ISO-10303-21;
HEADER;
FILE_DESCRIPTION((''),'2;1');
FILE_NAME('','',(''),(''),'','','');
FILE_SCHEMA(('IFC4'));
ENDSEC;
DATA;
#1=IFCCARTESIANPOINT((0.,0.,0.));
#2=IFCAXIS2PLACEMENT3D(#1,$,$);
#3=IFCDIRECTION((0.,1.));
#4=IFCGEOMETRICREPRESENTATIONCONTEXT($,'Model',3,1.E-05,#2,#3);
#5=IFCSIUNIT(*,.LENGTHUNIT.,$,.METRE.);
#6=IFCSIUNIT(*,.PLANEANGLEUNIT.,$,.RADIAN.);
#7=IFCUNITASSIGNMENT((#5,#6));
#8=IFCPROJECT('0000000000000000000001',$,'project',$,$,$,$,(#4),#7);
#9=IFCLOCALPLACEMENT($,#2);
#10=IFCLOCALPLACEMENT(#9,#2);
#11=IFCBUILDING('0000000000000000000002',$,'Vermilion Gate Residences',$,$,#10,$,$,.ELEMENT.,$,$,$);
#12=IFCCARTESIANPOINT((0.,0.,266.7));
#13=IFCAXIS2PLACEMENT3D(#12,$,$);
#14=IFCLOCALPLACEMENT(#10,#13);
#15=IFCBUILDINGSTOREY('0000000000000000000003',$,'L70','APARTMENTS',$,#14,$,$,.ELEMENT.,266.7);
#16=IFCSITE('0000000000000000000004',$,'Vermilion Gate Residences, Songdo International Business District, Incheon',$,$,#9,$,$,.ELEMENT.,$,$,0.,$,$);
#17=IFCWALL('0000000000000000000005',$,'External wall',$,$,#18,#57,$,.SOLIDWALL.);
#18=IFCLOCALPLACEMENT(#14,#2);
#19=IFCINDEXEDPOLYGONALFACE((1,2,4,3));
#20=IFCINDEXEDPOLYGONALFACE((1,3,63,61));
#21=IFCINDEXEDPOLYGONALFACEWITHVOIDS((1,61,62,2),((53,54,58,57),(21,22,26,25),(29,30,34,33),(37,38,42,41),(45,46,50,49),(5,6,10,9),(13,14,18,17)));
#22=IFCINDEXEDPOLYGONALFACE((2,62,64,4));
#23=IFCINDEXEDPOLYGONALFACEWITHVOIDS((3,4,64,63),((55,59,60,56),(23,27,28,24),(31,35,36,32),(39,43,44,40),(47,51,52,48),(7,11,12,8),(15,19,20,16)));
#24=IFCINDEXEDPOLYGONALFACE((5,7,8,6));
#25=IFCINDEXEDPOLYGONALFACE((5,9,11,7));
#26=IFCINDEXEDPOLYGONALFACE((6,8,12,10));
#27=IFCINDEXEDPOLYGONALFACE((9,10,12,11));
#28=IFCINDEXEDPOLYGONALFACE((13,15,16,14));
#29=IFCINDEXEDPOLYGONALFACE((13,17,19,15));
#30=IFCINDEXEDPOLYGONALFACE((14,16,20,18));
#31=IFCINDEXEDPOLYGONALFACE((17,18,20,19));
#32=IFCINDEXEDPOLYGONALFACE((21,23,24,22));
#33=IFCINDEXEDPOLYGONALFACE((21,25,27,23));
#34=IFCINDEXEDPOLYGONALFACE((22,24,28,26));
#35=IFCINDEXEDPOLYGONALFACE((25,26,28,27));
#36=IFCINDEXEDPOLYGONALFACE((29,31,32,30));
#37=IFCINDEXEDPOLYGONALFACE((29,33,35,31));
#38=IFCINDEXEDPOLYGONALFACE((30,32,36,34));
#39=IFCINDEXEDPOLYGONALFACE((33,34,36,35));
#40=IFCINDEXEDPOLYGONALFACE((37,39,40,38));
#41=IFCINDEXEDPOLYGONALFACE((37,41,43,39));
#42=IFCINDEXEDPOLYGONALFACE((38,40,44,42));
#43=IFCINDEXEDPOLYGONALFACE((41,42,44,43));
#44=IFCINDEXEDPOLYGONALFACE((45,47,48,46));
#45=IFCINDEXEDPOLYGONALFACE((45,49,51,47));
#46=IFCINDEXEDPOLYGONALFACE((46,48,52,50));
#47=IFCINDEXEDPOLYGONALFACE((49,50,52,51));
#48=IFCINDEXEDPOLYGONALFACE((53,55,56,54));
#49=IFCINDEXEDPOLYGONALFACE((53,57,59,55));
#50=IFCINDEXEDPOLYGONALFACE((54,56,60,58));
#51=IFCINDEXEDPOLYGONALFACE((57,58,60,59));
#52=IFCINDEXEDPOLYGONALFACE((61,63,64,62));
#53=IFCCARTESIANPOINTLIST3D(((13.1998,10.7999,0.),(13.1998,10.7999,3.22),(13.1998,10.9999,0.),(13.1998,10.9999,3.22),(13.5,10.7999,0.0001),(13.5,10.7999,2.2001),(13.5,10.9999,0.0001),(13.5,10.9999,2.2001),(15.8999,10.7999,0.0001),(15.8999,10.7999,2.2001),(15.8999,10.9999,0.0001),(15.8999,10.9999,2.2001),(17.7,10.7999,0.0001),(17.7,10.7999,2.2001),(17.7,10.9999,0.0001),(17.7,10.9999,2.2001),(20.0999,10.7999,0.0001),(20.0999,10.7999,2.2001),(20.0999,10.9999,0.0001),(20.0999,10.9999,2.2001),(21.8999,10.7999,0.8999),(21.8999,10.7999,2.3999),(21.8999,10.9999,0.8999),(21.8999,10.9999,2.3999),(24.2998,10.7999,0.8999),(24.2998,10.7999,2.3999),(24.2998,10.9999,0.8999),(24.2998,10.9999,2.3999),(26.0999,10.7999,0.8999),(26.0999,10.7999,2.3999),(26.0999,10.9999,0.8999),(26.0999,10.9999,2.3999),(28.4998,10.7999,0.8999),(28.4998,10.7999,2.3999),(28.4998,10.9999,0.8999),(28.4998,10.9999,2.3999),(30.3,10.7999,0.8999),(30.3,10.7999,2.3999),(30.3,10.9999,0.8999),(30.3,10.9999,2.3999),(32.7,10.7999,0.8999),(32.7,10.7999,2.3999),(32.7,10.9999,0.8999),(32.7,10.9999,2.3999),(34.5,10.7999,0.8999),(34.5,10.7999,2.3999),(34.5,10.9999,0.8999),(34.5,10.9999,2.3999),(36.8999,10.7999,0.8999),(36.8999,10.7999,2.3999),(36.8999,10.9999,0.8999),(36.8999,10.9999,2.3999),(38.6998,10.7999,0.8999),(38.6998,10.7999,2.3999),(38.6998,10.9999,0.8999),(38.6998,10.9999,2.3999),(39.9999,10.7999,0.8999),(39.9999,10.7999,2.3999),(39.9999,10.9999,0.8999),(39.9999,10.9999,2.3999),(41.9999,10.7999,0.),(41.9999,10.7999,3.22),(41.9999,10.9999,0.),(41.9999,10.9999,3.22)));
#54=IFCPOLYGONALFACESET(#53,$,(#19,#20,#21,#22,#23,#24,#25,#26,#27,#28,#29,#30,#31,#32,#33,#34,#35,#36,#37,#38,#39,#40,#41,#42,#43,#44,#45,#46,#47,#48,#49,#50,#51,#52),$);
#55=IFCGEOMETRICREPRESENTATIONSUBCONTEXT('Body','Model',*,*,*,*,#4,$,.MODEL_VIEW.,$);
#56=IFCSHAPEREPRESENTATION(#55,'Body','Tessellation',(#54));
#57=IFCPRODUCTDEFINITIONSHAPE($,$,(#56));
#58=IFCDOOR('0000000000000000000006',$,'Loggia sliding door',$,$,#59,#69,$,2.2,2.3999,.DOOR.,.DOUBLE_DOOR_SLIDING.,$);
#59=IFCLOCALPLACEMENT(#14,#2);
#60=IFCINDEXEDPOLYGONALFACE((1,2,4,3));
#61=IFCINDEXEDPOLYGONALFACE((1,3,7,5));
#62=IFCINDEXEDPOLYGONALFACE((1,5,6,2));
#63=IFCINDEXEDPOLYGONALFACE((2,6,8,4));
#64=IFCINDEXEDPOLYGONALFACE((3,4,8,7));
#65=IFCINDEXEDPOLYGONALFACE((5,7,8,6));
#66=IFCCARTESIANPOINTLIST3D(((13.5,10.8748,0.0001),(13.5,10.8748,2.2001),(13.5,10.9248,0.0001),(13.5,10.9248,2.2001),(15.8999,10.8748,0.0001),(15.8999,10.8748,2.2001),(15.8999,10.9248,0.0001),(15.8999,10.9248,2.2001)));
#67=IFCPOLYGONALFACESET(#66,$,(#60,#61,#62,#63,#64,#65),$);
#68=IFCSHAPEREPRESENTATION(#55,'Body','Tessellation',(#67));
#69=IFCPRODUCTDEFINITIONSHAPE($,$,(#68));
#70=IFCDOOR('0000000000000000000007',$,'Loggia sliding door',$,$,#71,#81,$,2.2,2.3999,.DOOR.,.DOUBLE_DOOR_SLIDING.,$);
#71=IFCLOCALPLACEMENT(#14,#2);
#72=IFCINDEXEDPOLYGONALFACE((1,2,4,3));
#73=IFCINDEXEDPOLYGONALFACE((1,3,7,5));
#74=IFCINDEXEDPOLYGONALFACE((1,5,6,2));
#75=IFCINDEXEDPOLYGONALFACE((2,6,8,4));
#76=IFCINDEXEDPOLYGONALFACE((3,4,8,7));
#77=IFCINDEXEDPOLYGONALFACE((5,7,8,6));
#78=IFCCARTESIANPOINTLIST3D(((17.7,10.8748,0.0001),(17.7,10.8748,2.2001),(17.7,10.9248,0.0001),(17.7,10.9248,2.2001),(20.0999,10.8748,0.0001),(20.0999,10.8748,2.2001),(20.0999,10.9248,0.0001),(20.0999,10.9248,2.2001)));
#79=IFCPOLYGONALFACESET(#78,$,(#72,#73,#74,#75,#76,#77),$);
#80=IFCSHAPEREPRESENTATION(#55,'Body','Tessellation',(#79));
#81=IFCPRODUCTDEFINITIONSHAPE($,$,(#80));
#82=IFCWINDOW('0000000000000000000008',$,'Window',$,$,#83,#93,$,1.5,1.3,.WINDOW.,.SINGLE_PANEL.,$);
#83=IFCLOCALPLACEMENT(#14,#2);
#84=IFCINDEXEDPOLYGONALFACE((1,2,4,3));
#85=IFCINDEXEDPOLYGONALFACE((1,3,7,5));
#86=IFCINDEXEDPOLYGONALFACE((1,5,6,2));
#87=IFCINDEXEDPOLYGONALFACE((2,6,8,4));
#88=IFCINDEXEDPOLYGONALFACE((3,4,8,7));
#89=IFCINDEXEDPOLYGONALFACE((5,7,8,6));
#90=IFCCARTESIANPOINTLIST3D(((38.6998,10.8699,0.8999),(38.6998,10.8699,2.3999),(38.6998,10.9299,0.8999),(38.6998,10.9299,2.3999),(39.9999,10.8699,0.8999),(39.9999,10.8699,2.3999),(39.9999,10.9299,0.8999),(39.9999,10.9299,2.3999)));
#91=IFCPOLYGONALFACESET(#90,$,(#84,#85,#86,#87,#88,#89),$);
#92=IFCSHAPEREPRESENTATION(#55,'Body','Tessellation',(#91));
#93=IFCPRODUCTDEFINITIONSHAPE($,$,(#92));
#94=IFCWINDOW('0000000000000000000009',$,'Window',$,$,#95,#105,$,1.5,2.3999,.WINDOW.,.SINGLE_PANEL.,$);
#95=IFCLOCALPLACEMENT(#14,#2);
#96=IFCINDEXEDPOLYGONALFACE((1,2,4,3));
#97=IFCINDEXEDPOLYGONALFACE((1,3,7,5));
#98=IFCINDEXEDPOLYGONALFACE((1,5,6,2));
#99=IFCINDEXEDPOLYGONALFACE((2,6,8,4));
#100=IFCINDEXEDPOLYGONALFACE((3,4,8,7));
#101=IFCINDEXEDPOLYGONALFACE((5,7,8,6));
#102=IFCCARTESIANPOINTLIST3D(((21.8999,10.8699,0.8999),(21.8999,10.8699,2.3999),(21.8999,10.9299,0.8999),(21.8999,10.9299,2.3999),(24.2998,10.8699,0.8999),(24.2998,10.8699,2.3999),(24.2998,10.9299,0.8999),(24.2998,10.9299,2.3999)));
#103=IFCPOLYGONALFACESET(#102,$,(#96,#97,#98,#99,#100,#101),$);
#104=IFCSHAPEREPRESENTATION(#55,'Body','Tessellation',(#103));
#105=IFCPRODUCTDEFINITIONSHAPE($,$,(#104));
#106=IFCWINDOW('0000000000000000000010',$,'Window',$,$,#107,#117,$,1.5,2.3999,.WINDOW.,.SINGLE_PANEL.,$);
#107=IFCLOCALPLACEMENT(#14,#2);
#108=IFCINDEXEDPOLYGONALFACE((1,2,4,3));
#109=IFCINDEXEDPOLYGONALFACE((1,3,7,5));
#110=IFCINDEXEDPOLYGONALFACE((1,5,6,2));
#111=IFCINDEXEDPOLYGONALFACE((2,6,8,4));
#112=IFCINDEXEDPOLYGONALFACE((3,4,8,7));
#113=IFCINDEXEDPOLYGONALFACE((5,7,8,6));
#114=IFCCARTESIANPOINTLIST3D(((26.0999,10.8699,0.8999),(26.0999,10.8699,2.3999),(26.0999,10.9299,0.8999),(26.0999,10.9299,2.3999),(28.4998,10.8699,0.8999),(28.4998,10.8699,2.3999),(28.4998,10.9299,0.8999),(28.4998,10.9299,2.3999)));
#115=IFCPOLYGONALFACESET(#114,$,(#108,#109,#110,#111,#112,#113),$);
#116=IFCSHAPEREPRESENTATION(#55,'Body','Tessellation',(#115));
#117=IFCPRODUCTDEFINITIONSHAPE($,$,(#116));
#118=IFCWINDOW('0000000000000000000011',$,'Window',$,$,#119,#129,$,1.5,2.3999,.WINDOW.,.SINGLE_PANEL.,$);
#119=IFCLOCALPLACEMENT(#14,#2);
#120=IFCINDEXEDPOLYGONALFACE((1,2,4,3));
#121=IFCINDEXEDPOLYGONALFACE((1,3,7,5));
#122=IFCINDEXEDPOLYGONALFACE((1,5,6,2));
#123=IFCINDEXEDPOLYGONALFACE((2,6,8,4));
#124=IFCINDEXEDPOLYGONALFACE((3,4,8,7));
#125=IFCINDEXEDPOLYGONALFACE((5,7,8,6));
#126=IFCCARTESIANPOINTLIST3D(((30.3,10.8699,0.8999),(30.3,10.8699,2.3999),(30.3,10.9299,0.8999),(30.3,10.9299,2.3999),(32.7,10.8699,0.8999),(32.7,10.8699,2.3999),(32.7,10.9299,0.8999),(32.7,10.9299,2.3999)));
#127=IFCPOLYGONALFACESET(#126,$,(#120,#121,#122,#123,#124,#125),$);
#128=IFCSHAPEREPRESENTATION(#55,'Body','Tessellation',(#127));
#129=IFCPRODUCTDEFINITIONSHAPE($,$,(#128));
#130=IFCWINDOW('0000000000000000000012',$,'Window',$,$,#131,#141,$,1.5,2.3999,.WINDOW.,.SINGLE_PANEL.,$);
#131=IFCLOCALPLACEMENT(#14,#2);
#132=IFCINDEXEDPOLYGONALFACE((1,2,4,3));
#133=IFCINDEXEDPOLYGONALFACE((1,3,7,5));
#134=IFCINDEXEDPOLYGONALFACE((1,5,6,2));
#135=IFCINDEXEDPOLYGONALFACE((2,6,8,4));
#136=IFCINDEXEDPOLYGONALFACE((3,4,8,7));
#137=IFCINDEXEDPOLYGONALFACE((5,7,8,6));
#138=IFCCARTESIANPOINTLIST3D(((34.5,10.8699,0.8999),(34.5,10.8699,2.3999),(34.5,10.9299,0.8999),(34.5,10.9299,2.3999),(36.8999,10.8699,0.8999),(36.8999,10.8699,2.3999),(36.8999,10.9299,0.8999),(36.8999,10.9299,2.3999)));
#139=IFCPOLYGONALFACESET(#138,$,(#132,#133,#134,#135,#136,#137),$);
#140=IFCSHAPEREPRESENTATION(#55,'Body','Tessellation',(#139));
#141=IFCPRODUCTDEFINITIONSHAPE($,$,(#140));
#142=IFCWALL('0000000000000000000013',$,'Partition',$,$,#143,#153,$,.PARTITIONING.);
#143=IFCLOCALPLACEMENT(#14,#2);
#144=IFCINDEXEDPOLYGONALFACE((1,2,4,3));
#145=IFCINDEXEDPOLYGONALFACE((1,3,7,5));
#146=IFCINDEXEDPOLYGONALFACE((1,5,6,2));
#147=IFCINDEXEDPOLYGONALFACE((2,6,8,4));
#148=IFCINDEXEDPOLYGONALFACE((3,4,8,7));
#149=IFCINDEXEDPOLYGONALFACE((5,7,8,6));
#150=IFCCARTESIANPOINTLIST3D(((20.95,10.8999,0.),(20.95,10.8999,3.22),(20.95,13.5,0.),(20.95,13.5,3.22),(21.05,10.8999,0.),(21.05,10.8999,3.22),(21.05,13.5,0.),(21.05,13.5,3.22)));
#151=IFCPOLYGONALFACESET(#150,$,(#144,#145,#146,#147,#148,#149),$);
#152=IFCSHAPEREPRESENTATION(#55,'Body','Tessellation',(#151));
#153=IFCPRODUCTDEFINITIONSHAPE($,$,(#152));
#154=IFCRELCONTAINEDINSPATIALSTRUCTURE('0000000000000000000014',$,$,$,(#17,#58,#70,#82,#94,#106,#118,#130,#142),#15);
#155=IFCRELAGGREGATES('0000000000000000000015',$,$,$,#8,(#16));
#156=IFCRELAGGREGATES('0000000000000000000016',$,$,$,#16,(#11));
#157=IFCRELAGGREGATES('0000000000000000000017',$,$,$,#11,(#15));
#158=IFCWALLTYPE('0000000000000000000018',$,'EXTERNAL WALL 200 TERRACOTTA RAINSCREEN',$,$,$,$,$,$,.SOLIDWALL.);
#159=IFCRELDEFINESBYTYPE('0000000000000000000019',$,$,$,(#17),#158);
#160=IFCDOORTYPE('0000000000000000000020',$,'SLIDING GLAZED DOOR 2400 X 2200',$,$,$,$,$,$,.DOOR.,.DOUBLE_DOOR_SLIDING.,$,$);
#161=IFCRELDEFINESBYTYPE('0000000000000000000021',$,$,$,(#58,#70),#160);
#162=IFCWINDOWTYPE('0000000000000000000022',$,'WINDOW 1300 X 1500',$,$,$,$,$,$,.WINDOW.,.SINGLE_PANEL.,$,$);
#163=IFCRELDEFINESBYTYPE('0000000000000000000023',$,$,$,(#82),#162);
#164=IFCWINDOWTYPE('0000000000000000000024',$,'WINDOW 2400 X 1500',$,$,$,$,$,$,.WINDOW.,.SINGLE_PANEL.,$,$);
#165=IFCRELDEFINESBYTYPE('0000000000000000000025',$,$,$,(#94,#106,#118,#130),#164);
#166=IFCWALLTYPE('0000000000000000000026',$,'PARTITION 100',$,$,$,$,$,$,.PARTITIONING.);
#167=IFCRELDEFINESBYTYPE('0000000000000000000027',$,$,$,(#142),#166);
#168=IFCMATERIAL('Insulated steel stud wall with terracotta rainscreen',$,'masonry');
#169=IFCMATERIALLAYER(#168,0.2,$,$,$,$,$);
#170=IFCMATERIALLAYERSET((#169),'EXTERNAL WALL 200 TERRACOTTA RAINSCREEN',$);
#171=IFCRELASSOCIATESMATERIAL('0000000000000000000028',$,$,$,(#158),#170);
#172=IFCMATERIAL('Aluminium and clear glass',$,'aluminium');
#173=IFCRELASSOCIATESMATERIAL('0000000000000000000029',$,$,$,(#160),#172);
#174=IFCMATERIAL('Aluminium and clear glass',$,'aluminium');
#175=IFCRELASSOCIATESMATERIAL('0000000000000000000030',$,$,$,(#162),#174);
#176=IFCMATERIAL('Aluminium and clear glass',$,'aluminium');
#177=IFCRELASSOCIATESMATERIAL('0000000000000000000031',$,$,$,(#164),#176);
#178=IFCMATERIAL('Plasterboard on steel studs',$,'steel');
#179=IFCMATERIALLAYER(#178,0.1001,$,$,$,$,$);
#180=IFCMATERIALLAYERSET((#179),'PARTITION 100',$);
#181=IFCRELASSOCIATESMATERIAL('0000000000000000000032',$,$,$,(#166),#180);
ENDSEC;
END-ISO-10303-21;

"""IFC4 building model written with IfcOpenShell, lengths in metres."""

from ifc_helpers import new_model, si_unit, direction, frame, frame_2d, origin, place, context, subcontext, project, spatial, rectangle, extrude, material, layer, layer_set, type_object, element, fill, save


model = new_model("IFC4")

# Units and contexts
model_context = context("Model", 3, precision=1e-05, world=origin(), true_north=direction((0.0, 1.0)))
body_context = subcontext(model_context, "Body", "Model", "MODEL_VIEW")
ifc_project = project(units=[si_unit("LENGTHUNIT", "METRE"), si_unit("PLANEANGLEUNIT", "RADIAN")], contexts=[model_context])

# Site, building, storey
site_placement = place(None, origin())
site = spatial("IfcSite", under=ifc_project, at=site_placement, Name="Vermilion Gate Residences, Songdo International Business District, Incheon", CompositionType="ELEMENT", RefElevation=0.0)
building_placement = place(site_placement, origin())
building = spatial("IfcBuilding", under=site, at=building_placement, Name="Vermilion Gate Residences", CompositionType="ELEMENT")
storey_placement = place(building_placement, frame((0.0, 0.0, 266.7)))
storey = spatial("IfcBuildingStorey", under=building, at=storey_placement, Name="L70", Description="APARTMENTS", CompositionType="ELEMENT", Elevation=266.7)

# Shared definitions
ifc_material_1 = material(Name="Insulated steel stud wall with terracotta rainscreen", Category="masonry")
ifc_layer_1 = layer(ifc_material_1, 0.2)
ifc_layer_set_1 = layer_set([ifc_layer_1], Name="EXTERNAL WALL 200 TERRACOTTA RAINSCREEN")
wall_type_1 = type_object("IfcWallType", Name="EXTERNAL WALL 200 TERRACOTTA RAINSCREEN", PredefinedType="SOLIDWALL", material=ifc_layer_set_1)

# Wall, openings, doors, windows
wall_1_placement = place(storey_placement, frame((13.2, 10.8999, 0.0), z_axis=(0.0, 0.0, 1.0), x_axis=(1.0, 0.0, 0.0)))
wall_1 = element("IfcWall", 1, at=wall_1_placement, inside=storey, type_object=wall_type_1, Name="External wall", PredefinedType="SOLIDWALL", context=body_context, shape_type="SweptSolid", body=[
    extrude(rectangle(XDim=28.8, YDim=0.2, at=frame_2d((14.3999, 0.0))), origin(), (0.0, 0.0, 1.0), 3.22),
])
opening_1_placement = place(wall_1_placement, frame((0.3, 0.0, 0.0)))
opening_1 = element("IfcOpeningElement", 2, at=opening_1_placement, cuts=wall_1, PredefinedType="OPENING", context=body_context, shape_type="SweptSolid", body=[
    extrude(rectangle(XDim=2.3999, YDim=2.2, at=frame_2d((1.2, 1.1001))), frame((0.0, 0.1099, 0.0), z_axis=(0.0, -1.0, 0.0), x_axis=(1.0, 0.0, 0.0)), (0.0, 0.0, 1.0), 0.22),
])
opening_2_placement = place(wall_1_placement, frame((4.5, 0.0, 0.0)))
opening_2 = element("IfcOpeningElement", 3, at=opening_2_placement, cuts=wall_1, PredefinedType="OPENING", context=body_context, shape_type="SweptSolid", body=[
    extrude(rectangle(XDim=2.3999, YDim=2.2, at=frame_2d((1.2, 1.1001))), frame((0.0, 0.1099, 0.0), z_axis=(0.0, -1.0, 0.0), x_axis=(1.0, 0.0, 0.0)), (0.0, 0.0, 1.0), 0.22),
])
opening_3_placement = place(wall_1_placement, frame((8.7, 0.0, 0.8999)))
opening_3 = element("IfcOpeningElement", 4, at=opening_3_placement, cuts=wall_1, PredefinedType="OPENING", context=body_context, shape_type="SweptSolid", body=[
    extrude(rectangle(XDim=2.3999, YDim=1.5, at=frame_2d((1.2, 0.75))), frame((0.0, 0.1099, 0.0), z_axis=(0.0, -1.0, 0.0), x_axis=(1.0, 0.0, 0.0)), (0.0, 0.0, 1.0), 0.22),
])
opening_4_placement = place(wall_1_placement, frame((12.8999, 0.0, 0.8999)))
opening_4 = element("IfcOpeningElement", 5, at=opening_4_placement, cuts=wall_1, PredefinedType="OPENING", context=body_context, shape_type="SweptSolid", body=[
    extrude(rectangle(XDim=2.3999, YDim=1.5, at=frame_2d((1.2, 0.75))), frame((0.0, 0.1099, 0.0), z_axis=(0.0, -1.0, 0.0), x_axis=(1.0, 0.0, 0.0)), (0.0, 0.0, 1.0), 0.22),
])
opening_5_placement = place(wall_1_placement, frame((17.1001, 0.0, 0.8999)))
opening_5 = element("IfcOpeningElement", 6, at=opening_5_placement, cuts=wall_1, PredefinedType="OPENING", context=body_context, shape_type="SweptSolid", body=[
    extrude(rectangle(XDim=2.3999, YDim=1.5, at=frame_2d((1.2, 0.75))), frame((0.0, 0.1099, 0.0), z_axis=(0.0, -1.0, 0.0), x_axis=(1.0, 0.0, 0.0)), (0.0, 0.0, 1.0), 0.22),
])
opening_6_placement = place(wall_1_placement, frame((21.3, 0.0, 0.8999)))
opening_6 = element("IfcOpeningElement", 7, at=opening_6_placement, cuts=wall_1, PredefinedType="OPENING", context=body_context, shape_type="SweptSolid", body=[
    extrude(rectangle(XDim=2.3999, YDim=1.5, at=frame_2d((1.2, 0.75))), frame((0.0, 0.1099, 0.0), z_axis=(0.0, -1.0, 0.0), x_axis=(1.0, 0.0, 0.0)), (0.0, 0.0, 1.0), 0.22),
])
opening_7_placement = place(wall_1_placement, frame((25.5, 0.0, 0.8999)))
opening_7 = element("IfcOpeningElement", 8, at=opening_7_placement, cuts=wall_1, PredefinedType="OPENING", context=body_context, shape_type="SweptSolid", body=[
    extrude(rectangle(XDim=1.3, YDim=1.5, at=frame_2d((0.6499, 0.75))), frame((0.0, 0.1099, 0.0), z_axis=(0.0, -1.0, 0.0), x_axis=(1.0, 0.0, 0.0)), (0.0, 0.0, 1.0), 0.22),
])
ifc_material_2 = material(Name="Aluminium and clear glass", Category="aluminium")
door_type_1 = type_object("IfcDoorType", Name="SLIDING GLAZED DOOR 2400 X 2200", OperationType="DOUBLE_DOOR_SLIDING", PredefinedType="DOOR", material=ifc_material_2)
door_1_placement = place(opening_1_placement, origin())
door_1 = element("IfcDoor", 9, at=door_1_placement, inside=storey, type_object=door_type_1, Name="Loggia sliding door", OperationType="DOUBLE_DOOR_SLIDING", OverallHeight=2.2, OverallWidth=2.3999, PredefinedType="DOOR", context=body_context, shape_type="SweptSolid", body=[
    extrude(rectangle(XDim=2.3999, YDim=2.2, at=frame_2d((1.2, 1.1001))), frame((0.0, 0.0249, 0.0), z_axis=(0.0, -1.0, 0.0), x_axis=(1.0, 0.0, 0.0)), (0.0, 0.0, 1.0), 0.05),
])
fill(opening_1, door_1)
door_2_placement = place(opening_2_placement, origin())
door_2 = element("IfcDoor", 10, at=door_2_placement, inside=storey, type_object=door_type_1, Name="Loggia sliding door", OperationType="DOUBLE_DOOR_SLIDING", OverallHeight=2.2, OverallWidth=2.3999, PredefinedType="DOOR", context=body_context, shape_type="SweptSolid", body=[
    extrude(rectangle(XDim=2.3999, YDim=2.2, at=frame_2d((1.2, 1.1001))), frame((0.0, 0.0249, 0.0), z_axis=(0.0, -1.0, 0.0), x_axis=(1.0, 0.0, 0.0)), (0.0, 0.0, 1.0), 0.05),
])
fill(opening_2, door_2)
ifc_material_3 = material(Name="Aluminium and clear glass", Category="aluminium")
window_type_1 = type_object("IfcWindowType", Name="WINDOW 1300 X 1500", PartitioningType="SINGLE_PANEL", PredefinedType="WINDOW", material=ifc_material_3)
window_1_placement = place(opening_7_placement, origin())
window_1 = element("IfcWindow", 11, at=window_1_placement, inside=storey, type_object=window_type_1, Name="Window", OverallHeight=1.5, OverallWidth=1.3, PartitioningType="SINGLE_PANEL", PredefinedType="WINDOW", context=body_context, shape_type="SweptSolid", body=[
    extrude(rectangle(XDim=1.3, YDim=1.5, at=frame_2d((0.6499, 0.75))), frame((0.0, 0.03, 0.0), z_axis=(0.0, -1.0, 0.0), x_axis=(1.0, 0.0, 0.0)), (0.0, 0.0, 1.0), 0.0601),
])
fill(opening_7, window_1)
ifc_material_4 = material(Name="Aluminium and clear glass", Category="aluminium")
window_type_2 = type_object("IfcWindowType", Name="WINDOW 2400 X 1500", PartitioningType="SINGLE_PANEL", PredefinedType="WINDOW", material=ifc_material_4)
window_2_placement = place(opening_3_placement, origin())
window_2 = element("IfcWindow", 12, at=window_2_placement, inside=storey, type_object=window_type_2, Name="Window", OverallHeight=1.5, OverallWidth=2.3999, PartitioningType="SINGLE_PANEL", PredefinedType="WINDOW", context=body_context, shape_type="SweptSolid", body=[
    extrude(rectangle(XDim=2.3999, YDim=1.5, at=frame_2d((1.2, 0.75))), frame((0.0, 0.03, 0.0), z_axis=(0.0, -1.0, 0.0), x_axis=(1.0, 0.0, 0.0)), (0.0, 0.0, 1.0), 0.0601),
])
fill(opening_3, window_2)
window_3_placement = place(opening_4_placement, origin())
window_3 = element("IfcWindow", 13, at=window_3_placement, inside=storey, type_object=window_type_2, Name="Window", OverallHeight=1.5, OverallWidth=2.3999, PartitioningType="SINGLE_PANEL", PredefinedType="WINDOW", context=body_context, shape_type="SweptSolid", body=[
    extrude(rectangle(XDim=2.3999, YDim=1.5, at=frame_2d((1.2, 0.75))), frame((0.0, 0.03, 0.0), z_axis=(0.0, -1.0, 0.0), x_axis=(1.0, 0.0, 0.0)), (0.0, 0.0, 1.0), 0.0601),
])
fill(opening_4, window_3)
window_4_placement = place(opening_5_placement, origin())
window_4 = element("IfcWindow", 14, at=window_4_placement, inside=storey, type_object=window_type_2, Name="Window", OverallHeight=1.5, OverallWidth=2.3999, PartitioningType="SINGLE_PANEL", PredefinedType="WINDOW", context=body_context, shape_type="SweptSolid", body=[
    extrude(rectangle(XDim=2.3999, YDim=1.5, at=frame_2d((1.2, 0.75))), frame((0.0, 0.03, 0.0), z_axis=(0.0, -1.0, 0.0), x_axis=(1.0, 0.0, 0.0)), (0.0, 0.0, 1.0), 0.0601),
])
fill(opening_5, window_4)
window_5_placement = place(opening_6_placement, origin())
window_5 = element("IfcWindow", 15, at=window_5_placement, inside=storey, type_object=window_type_2, Name="Window", OverallHeight=1.5, OverallWidth=2.3999, PartitioningType="SINGLE_PANEL", PredefinedType="WINDOW", context=body_context, shape_type="SweptSolid", body=[
    extrude(rectangle(XDim=2.3999, YDim=1.5, at=frame_2d((1.2, 0.75))), frame((0.0, 0.03, 0.0), z_axis=(0.0, -1.0, 0.0), x_axis=(1.0, 0.0, 0.0)), (0.0, 0.0, 1.0), 0.0601),
])
fill(opening_6, window_5)

# Wall
ifc_material_5 = material(Name="Plasterboard on steel studs", Category="steel")
ifc_layer_2 = layer(ifc_material_5, 0.1001)
ifc_layer_set_2 = layer_set([ifc_layer_2], Name="PARTITION 100")
wall_type_2 = type_object("IfcWallType", Name="PARTITION 100", PredefinedType="PARTITIONING", material=ifc_layer_set_2)
wall_2_placement = place(storey_placement, frame((21.0, 10.8999, 0.0), z_axis=(0.0, 0.0, 1.0), x_axis=(0.0, 1.0, 0.0)))
element("IfcWall", 16, at=wall_2_placement, inside=storey, type_object=wall_type_2, Name="Partition", PredefinedType="PARTITIONING", context=body_context, shape_type="SweptSolid", body=[
    extrude(rectangle(XDim=2.6001, YDim=0.1001, at=frame_2d((1.3, 0.0))), origin(), (0.0, 0.0, 1.0), 3.22),
])

save(model, "model.ifc")
